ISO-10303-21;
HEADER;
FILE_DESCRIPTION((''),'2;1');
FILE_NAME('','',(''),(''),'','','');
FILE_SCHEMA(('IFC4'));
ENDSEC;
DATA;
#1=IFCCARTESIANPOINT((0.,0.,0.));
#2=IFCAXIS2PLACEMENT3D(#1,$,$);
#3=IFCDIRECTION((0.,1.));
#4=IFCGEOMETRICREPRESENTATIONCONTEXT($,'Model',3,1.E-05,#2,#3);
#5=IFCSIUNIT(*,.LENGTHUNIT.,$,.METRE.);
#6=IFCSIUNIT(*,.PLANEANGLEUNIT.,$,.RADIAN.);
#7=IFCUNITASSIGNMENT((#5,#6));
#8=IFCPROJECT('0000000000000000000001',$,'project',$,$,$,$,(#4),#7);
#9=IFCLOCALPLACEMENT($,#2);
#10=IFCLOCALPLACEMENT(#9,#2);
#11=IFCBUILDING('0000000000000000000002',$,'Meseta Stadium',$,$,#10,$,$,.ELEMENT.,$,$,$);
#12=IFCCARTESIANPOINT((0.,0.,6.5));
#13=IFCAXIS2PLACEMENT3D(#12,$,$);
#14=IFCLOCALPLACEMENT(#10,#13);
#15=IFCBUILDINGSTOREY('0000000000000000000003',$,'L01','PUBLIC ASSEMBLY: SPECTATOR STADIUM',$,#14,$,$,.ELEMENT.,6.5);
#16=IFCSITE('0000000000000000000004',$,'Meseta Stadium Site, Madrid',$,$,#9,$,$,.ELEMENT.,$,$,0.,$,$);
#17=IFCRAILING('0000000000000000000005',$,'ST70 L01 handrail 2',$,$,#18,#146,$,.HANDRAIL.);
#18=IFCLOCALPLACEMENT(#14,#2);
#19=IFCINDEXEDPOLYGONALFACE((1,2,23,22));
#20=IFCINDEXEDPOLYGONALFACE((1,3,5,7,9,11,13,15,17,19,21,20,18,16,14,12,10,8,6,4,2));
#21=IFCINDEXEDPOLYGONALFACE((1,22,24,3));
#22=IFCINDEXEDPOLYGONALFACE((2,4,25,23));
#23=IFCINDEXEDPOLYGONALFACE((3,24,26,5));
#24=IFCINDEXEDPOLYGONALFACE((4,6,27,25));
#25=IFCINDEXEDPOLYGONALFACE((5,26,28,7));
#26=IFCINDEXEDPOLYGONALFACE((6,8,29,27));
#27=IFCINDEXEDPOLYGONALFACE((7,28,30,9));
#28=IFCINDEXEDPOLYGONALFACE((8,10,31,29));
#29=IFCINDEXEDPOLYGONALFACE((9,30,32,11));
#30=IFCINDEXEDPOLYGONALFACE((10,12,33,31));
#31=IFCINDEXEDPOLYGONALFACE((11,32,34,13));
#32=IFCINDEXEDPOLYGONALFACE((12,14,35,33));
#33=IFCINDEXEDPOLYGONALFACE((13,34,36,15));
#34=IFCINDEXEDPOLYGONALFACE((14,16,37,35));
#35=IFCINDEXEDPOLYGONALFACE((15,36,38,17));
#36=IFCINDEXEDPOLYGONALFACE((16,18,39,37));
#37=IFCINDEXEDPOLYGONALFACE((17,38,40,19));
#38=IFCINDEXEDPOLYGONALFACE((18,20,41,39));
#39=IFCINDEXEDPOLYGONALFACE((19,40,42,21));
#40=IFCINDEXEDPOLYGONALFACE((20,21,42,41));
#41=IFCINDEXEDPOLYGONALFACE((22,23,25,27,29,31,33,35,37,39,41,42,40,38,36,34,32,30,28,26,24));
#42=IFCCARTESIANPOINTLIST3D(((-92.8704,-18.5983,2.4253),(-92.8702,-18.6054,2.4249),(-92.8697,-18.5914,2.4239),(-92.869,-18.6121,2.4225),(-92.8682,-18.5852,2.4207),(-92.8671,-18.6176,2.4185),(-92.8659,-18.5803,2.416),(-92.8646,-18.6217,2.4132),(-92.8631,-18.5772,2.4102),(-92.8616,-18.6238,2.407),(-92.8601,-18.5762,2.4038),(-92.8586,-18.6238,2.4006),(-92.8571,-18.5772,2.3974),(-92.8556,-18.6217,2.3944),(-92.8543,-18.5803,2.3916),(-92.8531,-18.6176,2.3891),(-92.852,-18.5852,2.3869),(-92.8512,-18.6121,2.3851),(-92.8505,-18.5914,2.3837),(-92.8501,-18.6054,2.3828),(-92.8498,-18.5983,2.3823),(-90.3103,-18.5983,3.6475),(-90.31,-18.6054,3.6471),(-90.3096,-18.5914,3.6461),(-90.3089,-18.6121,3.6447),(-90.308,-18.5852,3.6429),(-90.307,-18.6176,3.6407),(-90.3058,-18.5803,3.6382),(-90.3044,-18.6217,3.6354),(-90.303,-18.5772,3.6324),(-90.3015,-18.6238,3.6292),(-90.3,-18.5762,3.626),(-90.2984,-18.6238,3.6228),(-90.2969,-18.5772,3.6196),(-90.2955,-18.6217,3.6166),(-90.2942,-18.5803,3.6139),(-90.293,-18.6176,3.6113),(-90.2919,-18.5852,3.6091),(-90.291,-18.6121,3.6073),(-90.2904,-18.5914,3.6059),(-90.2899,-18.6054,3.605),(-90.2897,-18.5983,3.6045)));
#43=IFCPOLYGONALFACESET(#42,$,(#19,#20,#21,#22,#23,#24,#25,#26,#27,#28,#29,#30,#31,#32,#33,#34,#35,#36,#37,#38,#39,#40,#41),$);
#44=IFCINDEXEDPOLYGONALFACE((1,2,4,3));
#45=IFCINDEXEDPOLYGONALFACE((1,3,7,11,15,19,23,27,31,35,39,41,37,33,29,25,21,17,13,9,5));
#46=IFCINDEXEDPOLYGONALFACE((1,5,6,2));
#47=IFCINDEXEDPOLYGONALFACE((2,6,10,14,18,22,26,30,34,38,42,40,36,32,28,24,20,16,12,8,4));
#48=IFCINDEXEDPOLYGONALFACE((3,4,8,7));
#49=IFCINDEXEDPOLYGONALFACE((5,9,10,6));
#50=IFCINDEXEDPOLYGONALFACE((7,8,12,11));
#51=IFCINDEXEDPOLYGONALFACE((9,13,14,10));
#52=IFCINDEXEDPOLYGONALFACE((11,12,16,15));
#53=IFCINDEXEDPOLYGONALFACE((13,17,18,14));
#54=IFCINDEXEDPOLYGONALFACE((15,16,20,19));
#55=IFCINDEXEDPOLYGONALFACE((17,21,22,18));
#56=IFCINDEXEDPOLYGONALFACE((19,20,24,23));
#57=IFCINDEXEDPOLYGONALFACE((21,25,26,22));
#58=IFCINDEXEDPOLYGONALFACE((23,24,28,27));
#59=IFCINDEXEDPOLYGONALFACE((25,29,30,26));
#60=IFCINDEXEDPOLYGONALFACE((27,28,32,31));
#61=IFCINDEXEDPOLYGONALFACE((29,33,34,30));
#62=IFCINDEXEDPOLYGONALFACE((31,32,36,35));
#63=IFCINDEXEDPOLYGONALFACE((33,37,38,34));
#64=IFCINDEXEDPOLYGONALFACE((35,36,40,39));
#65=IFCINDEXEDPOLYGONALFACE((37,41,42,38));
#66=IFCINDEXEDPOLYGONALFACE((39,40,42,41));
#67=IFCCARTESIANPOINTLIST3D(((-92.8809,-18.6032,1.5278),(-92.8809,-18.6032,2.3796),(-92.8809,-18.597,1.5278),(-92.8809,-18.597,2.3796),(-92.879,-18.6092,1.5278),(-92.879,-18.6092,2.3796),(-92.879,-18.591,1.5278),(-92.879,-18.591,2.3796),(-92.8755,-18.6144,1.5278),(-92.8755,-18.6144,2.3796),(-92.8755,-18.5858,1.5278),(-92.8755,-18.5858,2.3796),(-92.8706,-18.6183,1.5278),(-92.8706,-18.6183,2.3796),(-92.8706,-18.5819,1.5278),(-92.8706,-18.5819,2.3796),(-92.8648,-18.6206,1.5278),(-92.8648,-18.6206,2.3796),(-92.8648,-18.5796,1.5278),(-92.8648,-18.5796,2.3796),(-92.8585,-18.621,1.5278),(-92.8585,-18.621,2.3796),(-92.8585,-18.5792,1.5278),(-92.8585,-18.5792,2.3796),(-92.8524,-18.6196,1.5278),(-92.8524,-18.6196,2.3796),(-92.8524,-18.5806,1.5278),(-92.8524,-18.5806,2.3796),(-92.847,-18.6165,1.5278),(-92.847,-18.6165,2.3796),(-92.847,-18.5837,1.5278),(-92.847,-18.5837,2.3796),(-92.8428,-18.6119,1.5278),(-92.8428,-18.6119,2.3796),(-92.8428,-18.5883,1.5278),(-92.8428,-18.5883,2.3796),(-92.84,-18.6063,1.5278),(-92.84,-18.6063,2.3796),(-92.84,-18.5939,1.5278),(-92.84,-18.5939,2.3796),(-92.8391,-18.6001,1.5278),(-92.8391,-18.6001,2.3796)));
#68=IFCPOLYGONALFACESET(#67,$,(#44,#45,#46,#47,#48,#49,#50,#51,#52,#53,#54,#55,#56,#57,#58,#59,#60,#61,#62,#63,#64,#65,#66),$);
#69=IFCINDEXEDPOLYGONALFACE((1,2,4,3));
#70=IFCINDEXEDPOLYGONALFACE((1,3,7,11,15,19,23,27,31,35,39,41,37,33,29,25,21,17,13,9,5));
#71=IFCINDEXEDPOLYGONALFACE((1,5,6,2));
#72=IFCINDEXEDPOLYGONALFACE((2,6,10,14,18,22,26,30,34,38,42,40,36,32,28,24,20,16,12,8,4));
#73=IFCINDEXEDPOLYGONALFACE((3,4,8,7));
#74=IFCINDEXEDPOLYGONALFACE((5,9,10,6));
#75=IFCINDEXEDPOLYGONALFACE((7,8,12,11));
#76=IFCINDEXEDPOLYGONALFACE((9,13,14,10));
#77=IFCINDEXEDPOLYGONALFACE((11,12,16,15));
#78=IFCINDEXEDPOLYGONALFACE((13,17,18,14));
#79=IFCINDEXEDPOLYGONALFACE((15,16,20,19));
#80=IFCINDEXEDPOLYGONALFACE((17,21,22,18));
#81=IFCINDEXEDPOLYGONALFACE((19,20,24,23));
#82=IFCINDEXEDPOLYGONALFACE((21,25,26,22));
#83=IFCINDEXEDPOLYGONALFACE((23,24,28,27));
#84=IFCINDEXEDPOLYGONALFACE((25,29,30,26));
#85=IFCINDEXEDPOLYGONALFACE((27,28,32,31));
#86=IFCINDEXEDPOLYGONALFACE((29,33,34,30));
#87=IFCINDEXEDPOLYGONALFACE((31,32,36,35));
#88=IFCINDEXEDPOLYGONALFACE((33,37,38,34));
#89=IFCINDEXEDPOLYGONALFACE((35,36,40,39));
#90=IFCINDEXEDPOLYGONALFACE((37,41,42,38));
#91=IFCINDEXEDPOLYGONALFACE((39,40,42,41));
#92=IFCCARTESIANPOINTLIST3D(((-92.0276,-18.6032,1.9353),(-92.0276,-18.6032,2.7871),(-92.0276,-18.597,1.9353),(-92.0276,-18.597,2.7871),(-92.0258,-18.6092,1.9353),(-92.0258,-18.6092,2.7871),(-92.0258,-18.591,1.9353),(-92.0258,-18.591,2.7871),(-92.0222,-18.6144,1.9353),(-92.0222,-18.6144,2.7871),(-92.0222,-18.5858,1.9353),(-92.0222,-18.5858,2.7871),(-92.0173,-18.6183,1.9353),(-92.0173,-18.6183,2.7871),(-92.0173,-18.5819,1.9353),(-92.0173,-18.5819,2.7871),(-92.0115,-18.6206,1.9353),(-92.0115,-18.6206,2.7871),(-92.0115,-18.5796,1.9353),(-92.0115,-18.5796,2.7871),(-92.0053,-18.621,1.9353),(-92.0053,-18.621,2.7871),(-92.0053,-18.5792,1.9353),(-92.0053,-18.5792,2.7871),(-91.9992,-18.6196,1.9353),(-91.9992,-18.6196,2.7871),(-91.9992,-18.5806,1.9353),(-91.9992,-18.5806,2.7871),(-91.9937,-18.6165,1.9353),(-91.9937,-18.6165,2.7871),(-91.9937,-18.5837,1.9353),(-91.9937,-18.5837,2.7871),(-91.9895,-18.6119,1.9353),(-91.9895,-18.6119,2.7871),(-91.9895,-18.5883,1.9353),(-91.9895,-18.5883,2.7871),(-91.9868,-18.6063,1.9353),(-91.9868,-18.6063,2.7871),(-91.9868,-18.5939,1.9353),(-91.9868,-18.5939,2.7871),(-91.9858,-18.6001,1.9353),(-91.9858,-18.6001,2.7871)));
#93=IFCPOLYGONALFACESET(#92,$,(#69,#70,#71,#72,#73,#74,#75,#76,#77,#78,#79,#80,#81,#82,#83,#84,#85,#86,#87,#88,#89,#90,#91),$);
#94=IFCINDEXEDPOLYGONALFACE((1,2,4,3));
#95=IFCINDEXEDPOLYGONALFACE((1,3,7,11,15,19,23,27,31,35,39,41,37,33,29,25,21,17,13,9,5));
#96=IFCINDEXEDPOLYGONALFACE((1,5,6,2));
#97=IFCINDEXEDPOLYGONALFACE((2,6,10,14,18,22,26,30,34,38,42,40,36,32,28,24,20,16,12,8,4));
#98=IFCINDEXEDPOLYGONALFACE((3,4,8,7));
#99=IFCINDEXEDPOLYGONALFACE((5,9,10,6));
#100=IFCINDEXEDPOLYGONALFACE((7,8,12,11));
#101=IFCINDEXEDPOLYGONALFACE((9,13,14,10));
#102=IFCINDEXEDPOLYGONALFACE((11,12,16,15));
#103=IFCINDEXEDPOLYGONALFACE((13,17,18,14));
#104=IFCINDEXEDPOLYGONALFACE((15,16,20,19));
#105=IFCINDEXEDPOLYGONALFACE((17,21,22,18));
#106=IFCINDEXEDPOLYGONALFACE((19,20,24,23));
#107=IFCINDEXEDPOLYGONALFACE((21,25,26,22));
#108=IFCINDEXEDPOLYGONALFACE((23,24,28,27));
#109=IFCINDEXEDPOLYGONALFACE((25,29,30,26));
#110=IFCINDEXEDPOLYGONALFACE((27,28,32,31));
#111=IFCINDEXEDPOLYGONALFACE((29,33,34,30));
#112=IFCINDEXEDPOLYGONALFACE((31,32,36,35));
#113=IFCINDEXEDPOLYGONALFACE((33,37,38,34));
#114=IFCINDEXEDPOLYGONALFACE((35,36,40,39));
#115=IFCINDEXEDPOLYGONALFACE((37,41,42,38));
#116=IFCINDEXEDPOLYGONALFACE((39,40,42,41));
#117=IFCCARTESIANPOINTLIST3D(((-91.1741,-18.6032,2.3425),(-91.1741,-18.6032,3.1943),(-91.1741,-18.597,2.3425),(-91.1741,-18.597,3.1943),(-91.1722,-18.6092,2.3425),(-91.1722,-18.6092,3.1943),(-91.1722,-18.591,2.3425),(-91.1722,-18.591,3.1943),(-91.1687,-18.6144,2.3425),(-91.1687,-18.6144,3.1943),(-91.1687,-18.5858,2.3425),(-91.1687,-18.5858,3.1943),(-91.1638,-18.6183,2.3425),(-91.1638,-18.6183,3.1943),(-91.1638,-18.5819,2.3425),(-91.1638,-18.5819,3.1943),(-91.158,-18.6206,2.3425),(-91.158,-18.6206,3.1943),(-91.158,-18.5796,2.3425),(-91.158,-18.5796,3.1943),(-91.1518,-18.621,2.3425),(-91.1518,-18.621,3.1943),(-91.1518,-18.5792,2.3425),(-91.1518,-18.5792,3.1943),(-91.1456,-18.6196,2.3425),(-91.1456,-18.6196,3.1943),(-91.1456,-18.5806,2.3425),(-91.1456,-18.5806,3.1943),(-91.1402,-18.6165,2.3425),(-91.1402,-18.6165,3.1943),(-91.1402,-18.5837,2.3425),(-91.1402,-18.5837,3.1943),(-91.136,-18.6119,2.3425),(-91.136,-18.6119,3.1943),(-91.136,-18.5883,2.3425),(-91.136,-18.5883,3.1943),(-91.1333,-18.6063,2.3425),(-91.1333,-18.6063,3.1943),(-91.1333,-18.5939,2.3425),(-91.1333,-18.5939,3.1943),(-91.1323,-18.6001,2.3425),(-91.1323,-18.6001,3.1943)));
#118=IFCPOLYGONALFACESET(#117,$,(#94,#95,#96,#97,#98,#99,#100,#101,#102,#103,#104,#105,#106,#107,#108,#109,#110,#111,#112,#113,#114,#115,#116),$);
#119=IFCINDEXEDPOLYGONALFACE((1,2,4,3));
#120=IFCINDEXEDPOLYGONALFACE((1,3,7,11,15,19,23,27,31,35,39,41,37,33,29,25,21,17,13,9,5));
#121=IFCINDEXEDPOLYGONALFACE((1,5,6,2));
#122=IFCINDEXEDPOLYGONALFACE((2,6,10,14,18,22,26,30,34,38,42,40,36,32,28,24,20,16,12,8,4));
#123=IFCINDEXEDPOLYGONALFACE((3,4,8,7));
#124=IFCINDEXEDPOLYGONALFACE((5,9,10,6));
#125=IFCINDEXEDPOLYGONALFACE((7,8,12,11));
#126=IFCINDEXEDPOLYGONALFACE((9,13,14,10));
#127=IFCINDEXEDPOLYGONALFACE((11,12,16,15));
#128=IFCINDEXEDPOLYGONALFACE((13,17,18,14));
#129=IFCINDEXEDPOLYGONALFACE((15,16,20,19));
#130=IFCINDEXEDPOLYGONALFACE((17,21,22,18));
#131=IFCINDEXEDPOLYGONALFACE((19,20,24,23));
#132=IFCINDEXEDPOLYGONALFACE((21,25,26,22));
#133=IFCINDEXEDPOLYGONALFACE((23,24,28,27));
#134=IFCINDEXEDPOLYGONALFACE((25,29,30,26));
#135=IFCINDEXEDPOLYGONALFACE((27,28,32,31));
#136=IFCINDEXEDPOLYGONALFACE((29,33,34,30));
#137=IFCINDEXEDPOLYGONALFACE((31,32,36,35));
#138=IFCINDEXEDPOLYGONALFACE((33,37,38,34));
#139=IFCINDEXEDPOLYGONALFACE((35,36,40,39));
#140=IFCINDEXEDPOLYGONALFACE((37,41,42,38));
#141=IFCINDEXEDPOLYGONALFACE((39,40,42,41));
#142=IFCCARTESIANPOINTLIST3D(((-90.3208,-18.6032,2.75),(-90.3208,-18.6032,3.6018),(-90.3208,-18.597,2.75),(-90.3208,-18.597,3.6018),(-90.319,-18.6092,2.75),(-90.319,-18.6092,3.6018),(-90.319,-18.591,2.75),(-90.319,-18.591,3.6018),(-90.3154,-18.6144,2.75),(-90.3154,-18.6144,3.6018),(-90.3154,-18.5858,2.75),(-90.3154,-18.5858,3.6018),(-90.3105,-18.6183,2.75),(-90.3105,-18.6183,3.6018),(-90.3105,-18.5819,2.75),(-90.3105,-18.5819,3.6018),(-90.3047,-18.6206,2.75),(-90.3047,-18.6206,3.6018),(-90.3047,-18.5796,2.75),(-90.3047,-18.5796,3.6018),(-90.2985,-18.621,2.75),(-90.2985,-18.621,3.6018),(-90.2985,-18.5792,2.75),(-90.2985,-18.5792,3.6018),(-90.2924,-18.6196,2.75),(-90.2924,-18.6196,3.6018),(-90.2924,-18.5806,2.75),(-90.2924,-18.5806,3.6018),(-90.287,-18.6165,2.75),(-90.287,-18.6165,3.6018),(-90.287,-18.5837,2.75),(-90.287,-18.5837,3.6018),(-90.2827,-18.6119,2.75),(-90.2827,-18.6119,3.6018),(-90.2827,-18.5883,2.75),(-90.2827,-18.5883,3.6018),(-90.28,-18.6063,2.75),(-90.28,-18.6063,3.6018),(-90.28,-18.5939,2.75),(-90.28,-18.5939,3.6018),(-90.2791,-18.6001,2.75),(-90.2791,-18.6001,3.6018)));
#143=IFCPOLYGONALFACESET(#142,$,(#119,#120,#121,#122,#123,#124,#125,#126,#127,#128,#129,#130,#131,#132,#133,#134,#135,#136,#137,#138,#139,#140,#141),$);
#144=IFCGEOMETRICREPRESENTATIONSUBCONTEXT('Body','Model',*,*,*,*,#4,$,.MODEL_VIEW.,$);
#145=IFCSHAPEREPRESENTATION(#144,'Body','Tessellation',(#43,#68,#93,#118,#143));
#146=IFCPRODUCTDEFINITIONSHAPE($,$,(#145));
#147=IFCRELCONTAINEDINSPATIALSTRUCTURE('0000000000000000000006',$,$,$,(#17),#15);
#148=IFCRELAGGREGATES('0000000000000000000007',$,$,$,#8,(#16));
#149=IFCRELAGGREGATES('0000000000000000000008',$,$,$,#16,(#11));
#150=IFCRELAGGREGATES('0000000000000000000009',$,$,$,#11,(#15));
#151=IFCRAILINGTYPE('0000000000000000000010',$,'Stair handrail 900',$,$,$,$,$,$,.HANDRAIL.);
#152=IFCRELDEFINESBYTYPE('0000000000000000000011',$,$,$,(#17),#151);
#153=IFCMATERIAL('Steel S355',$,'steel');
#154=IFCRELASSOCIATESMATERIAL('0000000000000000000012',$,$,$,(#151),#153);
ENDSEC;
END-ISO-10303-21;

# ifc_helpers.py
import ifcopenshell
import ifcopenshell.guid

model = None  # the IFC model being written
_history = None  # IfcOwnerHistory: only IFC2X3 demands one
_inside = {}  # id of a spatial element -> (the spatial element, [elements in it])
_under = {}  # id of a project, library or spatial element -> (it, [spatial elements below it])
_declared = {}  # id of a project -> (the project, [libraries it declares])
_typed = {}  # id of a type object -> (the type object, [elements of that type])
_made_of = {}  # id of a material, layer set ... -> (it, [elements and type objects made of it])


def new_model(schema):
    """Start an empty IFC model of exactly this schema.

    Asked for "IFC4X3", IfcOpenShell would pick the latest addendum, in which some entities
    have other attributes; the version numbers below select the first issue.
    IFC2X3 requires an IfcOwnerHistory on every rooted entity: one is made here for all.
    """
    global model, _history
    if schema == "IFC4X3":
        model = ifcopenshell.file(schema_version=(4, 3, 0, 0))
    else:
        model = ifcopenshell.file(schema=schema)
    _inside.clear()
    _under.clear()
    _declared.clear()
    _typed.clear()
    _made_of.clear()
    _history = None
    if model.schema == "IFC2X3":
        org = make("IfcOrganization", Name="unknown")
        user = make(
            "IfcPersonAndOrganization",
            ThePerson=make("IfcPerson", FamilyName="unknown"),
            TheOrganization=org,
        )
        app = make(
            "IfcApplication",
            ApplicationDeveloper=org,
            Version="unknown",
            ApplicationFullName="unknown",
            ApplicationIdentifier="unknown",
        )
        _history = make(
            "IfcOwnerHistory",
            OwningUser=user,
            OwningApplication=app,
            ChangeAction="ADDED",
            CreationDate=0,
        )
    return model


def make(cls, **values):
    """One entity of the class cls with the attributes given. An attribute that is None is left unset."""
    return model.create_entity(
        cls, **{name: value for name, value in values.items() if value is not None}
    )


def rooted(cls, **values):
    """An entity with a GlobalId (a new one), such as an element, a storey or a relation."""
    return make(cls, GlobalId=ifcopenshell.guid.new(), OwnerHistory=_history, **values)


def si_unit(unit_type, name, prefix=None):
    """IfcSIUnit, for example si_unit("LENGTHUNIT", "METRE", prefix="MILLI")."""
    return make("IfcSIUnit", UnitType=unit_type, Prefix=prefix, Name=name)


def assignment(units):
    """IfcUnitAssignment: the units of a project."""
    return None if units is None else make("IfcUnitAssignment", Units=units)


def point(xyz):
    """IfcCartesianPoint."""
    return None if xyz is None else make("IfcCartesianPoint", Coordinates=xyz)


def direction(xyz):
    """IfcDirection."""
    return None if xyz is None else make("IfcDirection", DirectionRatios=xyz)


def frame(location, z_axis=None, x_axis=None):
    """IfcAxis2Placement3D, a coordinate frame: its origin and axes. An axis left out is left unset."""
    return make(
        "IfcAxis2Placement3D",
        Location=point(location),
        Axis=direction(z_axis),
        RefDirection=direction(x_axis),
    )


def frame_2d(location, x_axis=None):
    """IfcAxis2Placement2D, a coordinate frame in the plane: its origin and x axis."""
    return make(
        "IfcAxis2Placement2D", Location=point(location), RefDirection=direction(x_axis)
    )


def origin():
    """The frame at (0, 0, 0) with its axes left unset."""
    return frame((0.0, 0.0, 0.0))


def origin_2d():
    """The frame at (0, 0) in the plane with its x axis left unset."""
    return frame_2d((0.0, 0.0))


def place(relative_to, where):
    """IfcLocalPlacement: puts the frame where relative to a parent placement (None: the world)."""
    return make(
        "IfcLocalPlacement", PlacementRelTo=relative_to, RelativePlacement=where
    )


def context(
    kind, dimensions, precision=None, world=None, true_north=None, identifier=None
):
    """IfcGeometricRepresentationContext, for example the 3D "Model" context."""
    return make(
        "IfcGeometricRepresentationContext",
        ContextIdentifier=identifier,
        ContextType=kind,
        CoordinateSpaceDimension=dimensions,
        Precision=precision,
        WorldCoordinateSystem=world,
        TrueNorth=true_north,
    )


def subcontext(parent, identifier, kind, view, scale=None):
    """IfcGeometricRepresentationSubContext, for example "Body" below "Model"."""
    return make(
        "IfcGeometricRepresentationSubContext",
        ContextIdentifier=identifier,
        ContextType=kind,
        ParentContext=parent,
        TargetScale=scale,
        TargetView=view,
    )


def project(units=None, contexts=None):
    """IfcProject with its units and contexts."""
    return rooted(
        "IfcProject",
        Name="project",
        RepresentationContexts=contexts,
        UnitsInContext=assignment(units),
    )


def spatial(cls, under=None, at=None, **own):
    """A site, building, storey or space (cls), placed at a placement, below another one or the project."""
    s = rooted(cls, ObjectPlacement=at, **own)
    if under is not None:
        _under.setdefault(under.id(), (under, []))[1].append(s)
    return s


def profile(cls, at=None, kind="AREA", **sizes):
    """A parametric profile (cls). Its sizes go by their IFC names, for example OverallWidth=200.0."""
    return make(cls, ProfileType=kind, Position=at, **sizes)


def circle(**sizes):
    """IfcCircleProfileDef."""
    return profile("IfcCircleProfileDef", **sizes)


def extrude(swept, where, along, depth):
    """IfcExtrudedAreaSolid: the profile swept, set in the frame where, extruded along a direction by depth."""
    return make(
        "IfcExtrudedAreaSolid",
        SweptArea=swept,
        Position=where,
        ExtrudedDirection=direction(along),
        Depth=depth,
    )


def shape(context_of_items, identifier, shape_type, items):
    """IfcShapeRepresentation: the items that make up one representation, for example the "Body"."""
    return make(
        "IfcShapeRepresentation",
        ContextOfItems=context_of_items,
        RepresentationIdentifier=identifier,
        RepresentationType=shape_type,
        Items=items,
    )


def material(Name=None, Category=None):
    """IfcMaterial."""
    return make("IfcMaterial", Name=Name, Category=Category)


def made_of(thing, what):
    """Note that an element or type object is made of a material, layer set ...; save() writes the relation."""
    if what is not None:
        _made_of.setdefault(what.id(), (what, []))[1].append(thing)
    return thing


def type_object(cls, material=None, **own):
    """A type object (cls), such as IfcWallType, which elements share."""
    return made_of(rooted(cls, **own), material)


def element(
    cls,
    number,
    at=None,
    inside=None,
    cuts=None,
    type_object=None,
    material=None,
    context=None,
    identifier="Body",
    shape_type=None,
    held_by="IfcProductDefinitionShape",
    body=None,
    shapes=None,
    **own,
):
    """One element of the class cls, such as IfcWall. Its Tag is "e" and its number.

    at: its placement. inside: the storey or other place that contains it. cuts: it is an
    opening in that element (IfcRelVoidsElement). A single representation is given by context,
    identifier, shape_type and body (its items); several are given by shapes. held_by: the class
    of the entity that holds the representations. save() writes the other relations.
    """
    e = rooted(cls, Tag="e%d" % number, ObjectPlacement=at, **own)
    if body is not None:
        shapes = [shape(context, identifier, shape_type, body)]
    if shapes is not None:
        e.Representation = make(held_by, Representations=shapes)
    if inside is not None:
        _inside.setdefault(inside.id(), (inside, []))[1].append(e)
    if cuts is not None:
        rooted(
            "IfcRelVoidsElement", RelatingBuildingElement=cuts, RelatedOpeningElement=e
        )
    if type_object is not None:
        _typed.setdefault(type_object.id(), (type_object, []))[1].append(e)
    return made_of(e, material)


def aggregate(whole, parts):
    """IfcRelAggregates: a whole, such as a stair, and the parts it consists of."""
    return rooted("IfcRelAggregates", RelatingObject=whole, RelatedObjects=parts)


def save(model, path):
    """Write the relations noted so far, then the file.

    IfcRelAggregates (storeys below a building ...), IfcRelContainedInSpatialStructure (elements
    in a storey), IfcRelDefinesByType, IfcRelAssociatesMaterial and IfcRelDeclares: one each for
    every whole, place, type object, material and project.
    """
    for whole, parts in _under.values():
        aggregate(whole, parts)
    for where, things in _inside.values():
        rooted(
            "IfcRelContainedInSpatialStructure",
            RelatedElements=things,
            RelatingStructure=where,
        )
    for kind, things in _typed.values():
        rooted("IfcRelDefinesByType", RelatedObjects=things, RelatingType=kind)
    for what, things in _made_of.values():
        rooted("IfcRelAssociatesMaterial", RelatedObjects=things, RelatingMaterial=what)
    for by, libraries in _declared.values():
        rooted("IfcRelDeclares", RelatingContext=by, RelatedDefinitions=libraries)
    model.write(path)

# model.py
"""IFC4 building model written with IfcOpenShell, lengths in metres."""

from ifc_helpers import new_model, si_unit, direction, frame, origin, origin_2d, place, context, subcontext, project, spatial, circle, extrude, material, type_object, element, save


model = new_model("IFC4")

# Units and contexts
model_context = context("Model", 3, precision=1e-05, world=origin(), true_north=direction((0.0, 1.0)))
body_context = subcontext(model_context, "Body", "Model", "MODEL_VIEW")
ifc_project = project(units=[si_unit("LENGTHUNIT", "METRE"), si_unit("PLANEANGLEUNIT", "RADIAN")], contexts=[model_context])

# Site, building, storey
site_placement = place(None, origin())
site = spatial("IfcSite", under=ifc_project, at=site_placement, Name="Meseta Stadium Site, Madrid", CompositionType="ELEMENT", RefElevation=0.0)
building_placement = place(site_placement, origin())
building = spatial("IfcBuilding", under=site, at=building_placement, Name="Meseta Stadium", CompositionType="ELEMENT")
storey_placement = place(building_placement, frame((0.0, 0.0, 6.5)))
storey = spatial("IfcBuildingStorey", under=building, at=storey_placement, Name="L01", Description="PUBLIC ASSEMBLY: SPECTATOR STADIUM", CompositionType="ELEMENT", Elevation=6.5)

# Railing
ifc_material_1 = material(Name="Steel S355", Category="steel")
railing_type_1 = type_object("IfcRailingType", Name="Stair handrail 900", PredefinedType="HANDRAIL", material=ifc_material_1)
for number, where, name in (
    (1, (-92.8601, -18.6001, 1.5278), "ST70 L01 handrail 2"),
):
    element("IfcRailing", number, at=place(storey_placement, frame(where)), inside=storey, type_object=railing_type_1, Name=name, PredefinedType="HANDRAIL", context=body_context, shape_type="SweptSolid", body=[
        extrude(circle(Radius=0.0239, at=origin_2d()), frame((0.0, 0.0, 0.876), z_axis=(0.902437, 0.0, 0.430822), x_axis=(0.0, 1.0, 0.0)), (0.0, 0.0, 1.0), 2.8369),
        extrude(circle(Radius=0.021, at=origin_2d()), origin(), (0.0, 0.0, 1.0), 0.8518),
        extrude(circle(Radius=0.021, at=origin_2d()), frame((0.8533, 0.0, 0.4075)), (0.0, 0.0, 1.0), 0.8518),
        extrude(circle(Radius=0.021, at=origin_2d()), frame((1.7068, 0.0, 0.8147)), (0.0, 0.0, 1.0), 0.8518),
        extrude(circle(Radius=0.021, at=origin_2d()), frame((2.5601, 0.0, 1.2222)), (0.0, 0.0, 1.0), 0.8518),
    ])

save(model, "model.ifc")
